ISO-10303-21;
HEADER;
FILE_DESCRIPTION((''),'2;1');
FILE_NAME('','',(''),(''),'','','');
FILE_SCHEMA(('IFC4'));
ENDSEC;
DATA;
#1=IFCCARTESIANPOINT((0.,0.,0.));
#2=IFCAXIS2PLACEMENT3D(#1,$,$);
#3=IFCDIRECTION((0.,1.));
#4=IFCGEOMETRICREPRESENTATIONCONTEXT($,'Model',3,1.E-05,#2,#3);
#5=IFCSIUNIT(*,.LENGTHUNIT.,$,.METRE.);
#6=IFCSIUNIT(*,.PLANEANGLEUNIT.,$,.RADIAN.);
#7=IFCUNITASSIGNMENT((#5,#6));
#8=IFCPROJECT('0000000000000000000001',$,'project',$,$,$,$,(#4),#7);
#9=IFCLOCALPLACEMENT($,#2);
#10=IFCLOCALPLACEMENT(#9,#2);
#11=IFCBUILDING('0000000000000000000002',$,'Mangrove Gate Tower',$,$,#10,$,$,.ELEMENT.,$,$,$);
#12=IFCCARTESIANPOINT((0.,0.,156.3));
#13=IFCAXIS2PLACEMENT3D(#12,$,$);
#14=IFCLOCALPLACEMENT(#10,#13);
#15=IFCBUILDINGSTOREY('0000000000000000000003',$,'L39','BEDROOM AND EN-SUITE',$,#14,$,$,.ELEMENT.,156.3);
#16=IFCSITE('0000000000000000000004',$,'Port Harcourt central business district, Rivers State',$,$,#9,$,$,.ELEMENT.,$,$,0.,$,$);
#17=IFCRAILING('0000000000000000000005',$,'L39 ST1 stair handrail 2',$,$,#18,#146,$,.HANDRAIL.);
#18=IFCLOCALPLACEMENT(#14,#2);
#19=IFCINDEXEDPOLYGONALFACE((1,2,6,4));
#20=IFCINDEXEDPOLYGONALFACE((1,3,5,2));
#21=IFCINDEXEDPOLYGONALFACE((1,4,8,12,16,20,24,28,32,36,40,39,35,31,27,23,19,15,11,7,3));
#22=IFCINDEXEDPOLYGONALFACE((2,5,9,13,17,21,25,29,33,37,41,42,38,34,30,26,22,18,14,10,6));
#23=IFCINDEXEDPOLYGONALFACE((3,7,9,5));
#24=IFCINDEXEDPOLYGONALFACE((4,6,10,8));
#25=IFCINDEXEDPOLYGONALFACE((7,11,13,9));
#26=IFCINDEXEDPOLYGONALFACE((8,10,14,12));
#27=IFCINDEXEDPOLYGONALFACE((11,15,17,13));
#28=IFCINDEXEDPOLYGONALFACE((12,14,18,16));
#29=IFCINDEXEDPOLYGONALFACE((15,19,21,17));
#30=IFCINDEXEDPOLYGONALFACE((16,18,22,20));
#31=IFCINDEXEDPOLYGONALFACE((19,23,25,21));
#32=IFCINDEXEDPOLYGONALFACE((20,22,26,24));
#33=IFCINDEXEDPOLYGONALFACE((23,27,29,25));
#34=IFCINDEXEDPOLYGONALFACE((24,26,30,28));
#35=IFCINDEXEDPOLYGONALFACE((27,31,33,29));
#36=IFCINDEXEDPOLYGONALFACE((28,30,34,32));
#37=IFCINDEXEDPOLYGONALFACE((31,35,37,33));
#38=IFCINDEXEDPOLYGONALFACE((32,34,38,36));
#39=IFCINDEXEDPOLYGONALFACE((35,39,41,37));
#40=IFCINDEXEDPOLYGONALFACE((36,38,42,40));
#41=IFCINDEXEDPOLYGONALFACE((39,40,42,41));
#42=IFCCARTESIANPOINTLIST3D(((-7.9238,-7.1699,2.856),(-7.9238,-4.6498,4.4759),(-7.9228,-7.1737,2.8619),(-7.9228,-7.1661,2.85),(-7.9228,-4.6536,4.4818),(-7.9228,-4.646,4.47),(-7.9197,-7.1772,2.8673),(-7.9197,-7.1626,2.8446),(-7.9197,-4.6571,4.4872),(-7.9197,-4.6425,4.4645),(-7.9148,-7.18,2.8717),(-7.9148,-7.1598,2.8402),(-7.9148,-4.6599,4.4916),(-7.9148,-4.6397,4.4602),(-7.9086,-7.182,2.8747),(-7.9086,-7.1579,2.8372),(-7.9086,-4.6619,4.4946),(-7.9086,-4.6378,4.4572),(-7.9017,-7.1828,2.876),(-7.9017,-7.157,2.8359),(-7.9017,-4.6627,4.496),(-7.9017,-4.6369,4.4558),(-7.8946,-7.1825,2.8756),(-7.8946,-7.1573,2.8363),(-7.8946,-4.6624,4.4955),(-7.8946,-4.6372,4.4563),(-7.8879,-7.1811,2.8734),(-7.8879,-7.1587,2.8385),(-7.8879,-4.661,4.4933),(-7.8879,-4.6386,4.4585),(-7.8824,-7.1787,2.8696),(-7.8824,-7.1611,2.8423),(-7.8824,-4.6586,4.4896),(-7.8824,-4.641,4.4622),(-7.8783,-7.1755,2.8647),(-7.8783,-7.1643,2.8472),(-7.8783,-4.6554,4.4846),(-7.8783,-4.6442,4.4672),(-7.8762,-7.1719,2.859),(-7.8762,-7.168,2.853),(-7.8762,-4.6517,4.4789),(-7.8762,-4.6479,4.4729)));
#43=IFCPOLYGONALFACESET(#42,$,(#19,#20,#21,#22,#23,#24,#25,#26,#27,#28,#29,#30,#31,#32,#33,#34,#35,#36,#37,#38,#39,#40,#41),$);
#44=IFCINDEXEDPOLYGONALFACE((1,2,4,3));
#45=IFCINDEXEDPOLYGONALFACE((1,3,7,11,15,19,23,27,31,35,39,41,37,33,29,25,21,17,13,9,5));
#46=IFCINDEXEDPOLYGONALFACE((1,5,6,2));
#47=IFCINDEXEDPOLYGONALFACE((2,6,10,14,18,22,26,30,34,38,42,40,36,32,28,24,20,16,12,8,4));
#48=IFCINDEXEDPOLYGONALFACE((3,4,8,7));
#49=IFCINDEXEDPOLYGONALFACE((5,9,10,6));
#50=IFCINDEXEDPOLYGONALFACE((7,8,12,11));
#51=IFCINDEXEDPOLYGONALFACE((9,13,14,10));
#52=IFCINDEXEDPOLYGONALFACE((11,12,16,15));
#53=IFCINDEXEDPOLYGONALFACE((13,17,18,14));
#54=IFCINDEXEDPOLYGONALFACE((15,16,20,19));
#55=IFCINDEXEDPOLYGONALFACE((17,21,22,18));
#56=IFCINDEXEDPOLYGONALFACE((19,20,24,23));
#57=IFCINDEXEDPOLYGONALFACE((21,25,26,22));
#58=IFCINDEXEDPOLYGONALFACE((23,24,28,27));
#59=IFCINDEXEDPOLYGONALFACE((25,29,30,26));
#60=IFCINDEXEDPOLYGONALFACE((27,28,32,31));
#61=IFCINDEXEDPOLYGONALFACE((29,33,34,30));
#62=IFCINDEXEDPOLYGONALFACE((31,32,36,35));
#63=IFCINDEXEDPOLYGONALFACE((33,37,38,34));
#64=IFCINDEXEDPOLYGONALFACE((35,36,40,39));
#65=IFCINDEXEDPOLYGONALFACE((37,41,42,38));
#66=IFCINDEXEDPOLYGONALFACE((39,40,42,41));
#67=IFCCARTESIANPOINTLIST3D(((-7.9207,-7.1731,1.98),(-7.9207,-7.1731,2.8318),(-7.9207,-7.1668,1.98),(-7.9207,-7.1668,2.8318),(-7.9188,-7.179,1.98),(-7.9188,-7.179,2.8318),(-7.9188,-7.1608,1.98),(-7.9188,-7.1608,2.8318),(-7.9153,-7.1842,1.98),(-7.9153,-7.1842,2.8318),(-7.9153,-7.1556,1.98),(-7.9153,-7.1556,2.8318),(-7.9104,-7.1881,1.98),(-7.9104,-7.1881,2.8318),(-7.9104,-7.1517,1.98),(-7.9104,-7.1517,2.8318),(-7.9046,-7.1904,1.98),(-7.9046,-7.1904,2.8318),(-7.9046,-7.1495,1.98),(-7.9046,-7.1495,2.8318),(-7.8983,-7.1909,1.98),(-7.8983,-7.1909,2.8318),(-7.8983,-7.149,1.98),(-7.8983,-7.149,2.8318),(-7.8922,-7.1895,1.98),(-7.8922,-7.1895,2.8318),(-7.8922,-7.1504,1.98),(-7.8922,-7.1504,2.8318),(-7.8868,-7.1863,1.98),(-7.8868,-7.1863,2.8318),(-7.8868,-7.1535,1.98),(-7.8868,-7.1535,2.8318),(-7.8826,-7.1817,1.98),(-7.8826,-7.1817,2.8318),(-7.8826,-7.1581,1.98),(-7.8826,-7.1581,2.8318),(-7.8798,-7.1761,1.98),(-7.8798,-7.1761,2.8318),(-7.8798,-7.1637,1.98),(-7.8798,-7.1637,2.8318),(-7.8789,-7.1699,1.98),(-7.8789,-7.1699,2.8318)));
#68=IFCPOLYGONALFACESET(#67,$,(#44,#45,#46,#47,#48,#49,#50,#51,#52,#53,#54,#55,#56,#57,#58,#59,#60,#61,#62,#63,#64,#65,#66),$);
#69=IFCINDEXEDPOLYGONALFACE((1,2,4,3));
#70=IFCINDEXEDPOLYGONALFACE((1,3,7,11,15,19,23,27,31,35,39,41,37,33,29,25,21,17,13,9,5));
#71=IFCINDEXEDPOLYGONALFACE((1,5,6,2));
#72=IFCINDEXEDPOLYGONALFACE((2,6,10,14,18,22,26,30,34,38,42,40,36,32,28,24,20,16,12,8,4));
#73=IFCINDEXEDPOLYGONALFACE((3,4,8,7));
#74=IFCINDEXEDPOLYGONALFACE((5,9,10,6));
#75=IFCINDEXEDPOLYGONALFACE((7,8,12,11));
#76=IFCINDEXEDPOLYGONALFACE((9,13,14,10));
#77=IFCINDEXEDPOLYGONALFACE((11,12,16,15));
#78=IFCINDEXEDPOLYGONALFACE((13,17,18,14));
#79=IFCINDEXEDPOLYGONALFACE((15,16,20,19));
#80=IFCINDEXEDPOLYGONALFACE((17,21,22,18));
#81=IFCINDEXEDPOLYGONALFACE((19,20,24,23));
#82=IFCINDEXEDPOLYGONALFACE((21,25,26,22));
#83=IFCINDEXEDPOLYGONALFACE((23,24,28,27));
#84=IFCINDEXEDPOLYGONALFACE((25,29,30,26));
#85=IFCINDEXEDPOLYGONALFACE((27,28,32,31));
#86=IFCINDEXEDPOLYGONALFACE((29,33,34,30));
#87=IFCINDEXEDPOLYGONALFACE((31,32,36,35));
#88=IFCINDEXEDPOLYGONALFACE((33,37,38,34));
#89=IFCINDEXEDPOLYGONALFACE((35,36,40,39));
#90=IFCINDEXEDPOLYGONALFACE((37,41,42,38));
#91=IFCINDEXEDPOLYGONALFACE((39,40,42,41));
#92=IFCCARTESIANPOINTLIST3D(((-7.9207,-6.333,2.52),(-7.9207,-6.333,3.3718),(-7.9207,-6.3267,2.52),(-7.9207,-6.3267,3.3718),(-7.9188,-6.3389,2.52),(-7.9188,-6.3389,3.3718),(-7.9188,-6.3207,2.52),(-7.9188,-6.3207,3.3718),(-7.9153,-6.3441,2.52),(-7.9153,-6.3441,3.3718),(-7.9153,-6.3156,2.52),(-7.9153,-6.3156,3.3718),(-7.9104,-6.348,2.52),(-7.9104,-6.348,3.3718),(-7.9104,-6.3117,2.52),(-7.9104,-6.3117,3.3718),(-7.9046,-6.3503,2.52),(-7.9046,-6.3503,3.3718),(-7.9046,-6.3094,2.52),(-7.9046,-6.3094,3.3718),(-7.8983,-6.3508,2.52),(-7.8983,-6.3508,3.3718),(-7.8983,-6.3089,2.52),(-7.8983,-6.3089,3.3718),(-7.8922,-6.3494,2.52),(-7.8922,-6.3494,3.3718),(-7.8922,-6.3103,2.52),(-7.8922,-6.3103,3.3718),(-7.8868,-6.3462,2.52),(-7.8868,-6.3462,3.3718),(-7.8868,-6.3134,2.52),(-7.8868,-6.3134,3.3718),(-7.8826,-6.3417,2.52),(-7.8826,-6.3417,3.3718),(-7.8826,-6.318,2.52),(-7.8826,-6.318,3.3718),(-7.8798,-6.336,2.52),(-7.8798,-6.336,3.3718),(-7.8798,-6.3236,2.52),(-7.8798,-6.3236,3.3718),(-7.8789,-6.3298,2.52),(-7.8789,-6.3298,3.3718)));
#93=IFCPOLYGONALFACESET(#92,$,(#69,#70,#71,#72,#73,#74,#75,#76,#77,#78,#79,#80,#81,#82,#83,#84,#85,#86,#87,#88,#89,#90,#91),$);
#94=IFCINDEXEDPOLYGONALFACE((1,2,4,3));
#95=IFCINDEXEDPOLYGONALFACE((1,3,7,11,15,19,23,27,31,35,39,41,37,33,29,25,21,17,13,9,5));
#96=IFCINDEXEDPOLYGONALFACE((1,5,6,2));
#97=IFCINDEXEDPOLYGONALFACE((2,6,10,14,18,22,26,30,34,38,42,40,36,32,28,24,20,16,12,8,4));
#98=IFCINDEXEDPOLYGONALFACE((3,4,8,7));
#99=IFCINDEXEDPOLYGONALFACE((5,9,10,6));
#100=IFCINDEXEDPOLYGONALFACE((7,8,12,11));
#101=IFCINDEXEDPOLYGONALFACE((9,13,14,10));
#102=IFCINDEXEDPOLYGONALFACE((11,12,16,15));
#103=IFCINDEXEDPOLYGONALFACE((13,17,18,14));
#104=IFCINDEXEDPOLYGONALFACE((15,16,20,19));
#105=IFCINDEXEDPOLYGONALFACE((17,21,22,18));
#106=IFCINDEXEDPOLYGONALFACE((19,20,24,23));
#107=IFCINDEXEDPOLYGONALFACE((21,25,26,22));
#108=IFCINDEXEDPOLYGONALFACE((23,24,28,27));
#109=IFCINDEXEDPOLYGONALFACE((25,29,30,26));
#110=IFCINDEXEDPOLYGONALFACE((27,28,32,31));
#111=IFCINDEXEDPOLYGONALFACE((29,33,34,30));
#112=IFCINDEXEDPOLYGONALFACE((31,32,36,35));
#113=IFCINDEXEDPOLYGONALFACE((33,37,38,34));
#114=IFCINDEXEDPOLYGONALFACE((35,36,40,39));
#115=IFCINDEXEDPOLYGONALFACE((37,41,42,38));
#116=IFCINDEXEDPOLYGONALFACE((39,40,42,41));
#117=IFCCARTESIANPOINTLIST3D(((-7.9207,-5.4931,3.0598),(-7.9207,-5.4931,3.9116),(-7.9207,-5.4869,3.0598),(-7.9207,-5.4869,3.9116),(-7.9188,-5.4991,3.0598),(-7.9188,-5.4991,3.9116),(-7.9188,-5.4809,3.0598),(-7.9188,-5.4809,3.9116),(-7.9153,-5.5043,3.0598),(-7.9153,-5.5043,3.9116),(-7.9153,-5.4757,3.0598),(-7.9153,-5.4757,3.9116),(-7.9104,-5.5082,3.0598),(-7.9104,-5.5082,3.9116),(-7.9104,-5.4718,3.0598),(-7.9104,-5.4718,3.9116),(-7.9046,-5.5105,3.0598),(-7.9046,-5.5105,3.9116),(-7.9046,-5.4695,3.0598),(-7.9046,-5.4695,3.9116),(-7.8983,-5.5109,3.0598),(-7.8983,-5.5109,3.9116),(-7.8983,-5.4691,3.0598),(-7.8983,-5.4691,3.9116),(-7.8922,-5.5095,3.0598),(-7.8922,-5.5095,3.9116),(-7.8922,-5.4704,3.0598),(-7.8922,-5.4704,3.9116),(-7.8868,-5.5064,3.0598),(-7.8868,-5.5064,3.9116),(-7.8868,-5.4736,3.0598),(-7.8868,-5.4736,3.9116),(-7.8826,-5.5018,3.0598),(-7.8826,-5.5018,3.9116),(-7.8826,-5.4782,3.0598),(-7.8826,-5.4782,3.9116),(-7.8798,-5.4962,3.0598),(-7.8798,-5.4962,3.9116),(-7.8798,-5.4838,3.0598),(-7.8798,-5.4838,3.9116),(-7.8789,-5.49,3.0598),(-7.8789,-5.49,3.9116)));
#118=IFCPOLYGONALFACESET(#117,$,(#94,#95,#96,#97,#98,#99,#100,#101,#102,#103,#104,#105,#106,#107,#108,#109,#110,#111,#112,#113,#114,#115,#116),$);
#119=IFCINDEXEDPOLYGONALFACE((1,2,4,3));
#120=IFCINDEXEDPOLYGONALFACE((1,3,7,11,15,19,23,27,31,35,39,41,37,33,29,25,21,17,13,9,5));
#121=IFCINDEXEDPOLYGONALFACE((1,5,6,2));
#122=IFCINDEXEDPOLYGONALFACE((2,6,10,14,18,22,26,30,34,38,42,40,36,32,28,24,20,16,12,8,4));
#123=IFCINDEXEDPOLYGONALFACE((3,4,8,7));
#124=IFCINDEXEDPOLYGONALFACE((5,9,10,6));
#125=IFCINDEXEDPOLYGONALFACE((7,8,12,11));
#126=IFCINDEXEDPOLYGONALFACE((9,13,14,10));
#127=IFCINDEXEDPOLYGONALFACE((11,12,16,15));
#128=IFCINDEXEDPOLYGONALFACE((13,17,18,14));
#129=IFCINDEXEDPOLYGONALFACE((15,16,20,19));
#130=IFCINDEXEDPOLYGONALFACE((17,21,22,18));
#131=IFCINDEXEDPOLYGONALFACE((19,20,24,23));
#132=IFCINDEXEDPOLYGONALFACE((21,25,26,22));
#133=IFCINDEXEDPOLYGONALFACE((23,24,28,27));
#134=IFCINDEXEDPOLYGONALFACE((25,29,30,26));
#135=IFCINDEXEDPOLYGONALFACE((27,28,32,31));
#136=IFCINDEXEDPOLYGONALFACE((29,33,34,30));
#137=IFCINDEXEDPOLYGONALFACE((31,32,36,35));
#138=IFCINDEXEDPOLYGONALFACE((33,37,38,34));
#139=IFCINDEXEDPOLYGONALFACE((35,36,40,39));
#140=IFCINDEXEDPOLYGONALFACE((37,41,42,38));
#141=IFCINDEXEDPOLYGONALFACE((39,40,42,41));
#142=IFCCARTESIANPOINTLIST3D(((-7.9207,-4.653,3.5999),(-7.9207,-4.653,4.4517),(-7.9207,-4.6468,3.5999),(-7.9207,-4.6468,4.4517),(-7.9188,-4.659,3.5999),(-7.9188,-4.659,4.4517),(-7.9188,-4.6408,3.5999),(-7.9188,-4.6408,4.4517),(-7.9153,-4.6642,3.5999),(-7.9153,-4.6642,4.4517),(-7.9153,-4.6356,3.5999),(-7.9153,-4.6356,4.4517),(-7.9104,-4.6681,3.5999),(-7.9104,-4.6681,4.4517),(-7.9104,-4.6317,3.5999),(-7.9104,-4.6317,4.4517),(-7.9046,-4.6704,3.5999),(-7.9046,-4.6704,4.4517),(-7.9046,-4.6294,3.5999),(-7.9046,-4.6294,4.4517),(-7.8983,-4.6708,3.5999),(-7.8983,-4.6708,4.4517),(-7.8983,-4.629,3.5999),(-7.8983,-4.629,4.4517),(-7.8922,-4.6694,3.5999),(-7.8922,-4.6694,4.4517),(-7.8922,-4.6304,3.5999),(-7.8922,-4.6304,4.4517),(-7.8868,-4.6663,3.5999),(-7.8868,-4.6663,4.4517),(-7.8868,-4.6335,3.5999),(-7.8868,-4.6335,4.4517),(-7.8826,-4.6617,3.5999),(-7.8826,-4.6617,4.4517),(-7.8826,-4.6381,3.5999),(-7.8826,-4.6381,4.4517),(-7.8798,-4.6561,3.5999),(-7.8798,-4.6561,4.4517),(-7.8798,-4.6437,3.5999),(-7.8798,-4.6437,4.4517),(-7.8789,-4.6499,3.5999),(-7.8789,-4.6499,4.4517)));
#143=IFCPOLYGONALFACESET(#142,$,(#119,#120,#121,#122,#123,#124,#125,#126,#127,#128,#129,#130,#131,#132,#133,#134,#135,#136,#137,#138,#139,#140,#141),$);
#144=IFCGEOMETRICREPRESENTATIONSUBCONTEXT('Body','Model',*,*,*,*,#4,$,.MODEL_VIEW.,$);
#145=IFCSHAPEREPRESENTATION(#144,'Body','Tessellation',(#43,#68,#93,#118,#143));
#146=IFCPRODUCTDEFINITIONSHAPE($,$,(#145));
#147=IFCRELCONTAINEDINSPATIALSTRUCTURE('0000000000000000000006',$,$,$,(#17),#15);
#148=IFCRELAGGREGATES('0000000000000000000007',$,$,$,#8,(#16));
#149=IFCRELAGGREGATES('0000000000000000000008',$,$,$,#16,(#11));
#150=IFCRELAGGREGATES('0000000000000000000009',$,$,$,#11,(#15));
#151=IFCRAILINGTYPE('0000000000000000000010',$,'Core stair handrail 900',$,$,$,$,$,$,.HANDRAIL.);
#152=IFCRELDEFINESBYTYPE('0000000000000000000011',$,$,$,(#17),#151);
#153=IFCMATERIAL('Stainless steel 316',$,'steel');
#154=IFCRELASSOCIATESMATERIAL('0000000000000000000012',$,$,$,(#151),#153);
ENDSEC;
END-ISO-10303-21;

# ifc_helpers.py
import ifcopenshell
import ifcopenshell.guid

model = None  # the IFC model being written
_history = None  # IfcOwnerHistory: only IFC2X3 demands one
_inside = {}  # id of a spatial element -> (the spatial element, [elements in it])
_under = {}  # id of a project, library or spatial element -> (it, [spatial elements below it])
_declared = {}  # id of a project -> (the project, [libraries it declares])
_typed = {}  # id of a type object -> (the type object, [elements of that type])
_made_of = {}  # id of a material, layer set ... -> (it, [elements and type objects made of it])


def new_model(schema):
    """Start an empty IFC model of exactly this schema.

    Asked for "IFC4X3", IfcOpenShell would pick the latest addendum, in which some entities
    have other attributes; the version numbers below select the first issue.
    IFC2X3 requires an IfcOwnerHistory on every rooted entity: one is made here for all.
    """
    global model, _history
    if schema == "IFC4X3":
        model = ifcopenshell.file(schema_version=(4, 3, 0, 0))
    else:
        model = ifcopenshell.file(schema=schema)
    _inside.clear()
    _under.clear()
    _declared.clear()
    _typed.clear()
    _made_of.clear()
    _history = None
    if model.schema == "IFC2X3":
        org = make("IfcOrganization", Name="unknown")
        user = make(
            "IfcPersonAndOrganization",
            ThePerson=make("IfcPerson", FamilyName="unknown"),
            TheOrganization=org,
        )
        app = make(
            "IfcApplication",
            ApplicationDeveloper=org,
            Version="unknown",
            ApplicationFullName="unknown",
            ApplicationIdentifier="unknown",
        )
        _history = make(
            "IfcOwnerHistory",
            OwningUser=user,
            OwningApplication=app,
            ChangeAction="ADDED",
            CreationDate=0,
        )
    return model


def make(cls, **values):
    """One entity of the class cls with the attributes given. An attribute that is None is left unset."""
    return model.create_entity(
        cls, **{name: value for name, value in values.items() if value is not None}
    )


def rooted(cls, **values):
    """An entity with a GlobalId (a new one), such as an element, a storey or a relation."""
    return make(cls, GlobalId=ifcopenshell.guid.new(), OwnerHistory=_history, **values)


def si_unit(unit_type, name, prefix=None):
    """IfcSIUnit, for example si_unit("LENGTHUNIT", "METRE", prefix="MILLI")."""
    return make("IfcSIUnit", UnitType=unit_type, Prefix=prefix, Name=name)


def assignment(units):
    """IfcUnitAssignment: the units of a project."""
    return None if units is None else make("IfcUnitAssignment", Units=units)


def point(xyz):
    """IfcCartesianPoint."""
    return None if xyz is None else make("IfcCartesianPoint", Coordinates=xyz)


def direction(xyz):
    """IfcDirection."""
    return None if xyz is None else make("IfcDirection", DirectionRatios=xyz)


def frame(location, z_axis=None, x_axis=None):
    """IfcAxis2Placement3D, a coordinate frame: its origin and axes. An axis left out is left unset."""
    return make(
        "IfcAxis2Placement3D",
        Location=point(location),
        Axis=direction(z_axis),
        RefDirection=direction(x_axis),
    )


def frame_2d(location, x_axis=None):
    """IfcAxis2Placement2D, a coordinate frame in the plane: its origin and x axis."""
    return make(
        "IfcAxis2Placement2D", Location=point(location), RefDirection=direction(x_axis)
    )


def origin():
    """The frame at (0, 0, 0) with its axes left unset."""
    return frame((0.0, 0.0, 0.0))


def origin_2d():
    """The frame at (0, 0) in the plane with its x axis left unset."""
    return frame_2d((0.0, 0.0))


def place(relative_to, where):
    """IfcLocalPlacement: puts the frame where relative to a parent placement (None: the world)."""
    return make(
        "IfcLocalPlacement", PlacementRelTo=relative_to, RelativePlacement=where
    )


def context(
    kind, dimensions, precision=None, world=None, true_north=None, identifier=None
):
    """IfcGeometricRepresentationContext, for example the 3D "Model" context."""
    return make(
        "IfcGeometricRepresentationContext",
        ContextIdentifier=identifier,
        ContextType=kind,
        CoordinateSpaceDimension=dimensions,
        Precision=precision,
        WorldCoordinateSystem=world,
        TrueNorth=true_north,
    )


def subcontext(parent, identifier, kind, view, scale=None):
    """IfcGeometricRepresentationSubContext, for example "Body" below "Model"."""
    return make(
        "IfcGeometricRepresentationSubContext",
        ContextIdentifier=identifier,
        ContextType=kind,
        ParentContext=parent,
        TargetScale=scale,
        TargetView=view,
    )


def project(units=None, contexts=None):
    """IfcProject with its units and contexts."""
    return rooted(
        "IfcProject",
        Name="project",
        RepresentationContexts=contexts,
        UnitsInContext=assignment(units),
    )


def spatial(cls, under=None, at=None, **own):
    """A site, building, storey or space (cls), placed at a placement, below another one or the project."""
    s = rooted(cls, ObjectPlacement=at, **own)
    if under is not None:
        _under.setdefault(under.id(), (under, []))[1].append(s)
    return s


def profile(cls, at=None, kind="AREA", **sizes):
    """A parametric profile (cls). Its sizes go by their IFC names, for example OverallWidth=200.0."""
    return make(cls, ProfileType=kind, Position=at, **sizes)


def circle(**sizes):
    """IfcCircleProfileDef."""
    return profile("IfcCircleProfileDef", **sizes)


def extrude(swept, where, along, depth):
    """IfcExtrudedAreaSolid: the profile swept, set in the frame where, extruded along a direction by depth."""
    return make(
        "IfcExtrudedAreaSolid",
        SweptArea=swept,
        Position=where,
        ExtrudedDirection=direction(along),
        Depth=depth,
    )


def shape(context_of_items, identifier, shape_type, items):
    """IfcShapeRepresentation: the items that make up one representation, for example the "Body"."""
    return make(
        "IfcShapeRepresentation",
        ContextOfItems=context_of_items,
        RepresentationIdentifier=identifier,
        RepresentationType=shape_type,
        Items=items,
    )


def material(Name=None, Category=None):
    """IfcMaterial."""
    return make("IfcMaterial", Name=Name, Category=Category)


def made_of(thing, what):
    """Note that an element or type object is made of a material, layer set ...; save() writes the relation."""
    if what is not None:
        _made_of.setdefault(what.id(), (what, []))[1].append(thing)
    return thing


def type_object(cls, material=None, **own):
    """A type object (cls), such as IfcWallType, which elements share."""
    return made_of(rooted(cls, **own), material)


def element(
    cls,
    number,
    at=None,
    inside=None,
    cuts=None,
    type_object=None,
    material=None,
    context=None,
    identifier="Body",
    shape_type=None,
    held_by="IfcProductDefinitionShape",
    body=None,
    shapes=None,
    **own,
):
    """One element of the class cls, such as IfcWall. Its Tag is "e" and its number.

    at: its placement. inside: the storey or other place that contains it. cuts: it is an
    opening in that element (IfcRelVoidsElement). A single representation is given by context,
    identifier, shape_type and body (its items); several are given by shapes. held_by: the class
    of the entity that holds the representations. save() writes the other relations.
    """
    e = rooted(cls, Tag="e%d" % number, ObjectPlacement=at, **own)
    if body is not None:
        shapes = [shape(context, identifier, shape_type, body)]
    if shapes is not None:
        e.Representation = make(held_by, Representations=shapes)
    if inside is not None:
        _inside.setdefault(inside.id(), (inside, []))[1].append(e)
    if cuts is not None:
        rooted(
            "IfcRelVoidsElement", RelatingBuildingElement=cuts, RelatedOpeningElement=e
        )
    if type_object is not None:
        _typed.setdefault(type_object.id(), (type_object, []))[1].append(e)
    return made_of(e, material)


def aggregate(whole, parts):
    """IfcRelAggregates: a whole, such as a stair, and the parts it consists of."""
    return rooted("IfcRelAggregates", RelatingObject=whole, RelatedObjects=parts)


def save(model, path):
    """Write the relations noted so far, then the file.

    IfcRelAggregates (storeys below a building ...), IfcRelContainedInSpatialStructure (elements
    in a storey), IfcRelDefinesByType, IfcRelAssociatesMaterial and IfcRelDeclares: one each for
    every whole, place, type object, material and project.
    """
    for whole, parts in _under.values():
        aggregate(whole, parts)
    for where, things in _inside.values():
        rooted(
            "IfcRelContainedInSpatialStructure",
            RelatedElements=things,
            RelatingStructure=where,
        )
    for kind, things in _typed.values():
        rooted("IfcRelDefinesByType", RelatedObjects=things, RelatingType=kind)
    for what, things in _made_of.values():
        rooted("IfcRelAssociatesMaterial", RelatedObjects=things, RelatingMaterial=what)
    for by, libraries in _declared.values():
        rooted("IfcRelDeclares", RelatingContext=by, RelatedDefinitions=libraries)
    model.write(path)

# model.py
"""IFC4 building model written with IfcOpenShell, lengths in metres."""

from ifc_helpers import new_model, si_unit, direction, frame, origin, origin_2d, place, context, subcontext, project, spatial, circle, extrude, material, type_object, element, save


model = new_model("IFC4")

# Units and contexts
model_context = context("Model", 3, precision=1e-05, world=origin(), true_north=direction((0.0, 1.0)))
body_context = subcontext(model_context, "Body", "Model", "MODEL_VIEW")
ifc_project = project(units=[si_unit("LENGTHUNIT", "METRE"), si_unit("PLANEANGLEUNIT", "RADIAN")], contexts=[model_context])

# Site, building, storey
site_placement = place(None, origin())
site = spatial("IfcSite", under=ifc_project, at=site_placement, Name="Port Harcourt central business district, Rivers State", CompositionType="ELEMENT", RefElevation=0.0)
building_placement = place(site_placement, origin())
building = spatial("IfcBuilding", under=site, at=building_placement, Name="Mangrove Gate Tower", CompositionType="ELEMENT")
storey_placement = place(building_placement, frame((0.0, 0.0, 156.3)))
storey = spatial("IfcBuildingStorey", under=building, at=storey_placement, Name="L39", Description="BEDROOM AND EN-SUITE", CompositionType="ELEMENT", Elevation=156.3)

# Railing
ifc_material_1 = material(Name="Stainless steel 316", Category="steel")
railing_type_1 = type_object("IfcRailingType", Name="Core stair handrail 900", PredefinedType="HANDRAIL", material=ifc_material_1)
railing_1_placement = place(storey_placement, frame((-7.8999, -7.1699, 1.98)))
element("IfcRailing", 1, at=railing_1_placement, inside=storey, type_object=railing_type_1, Name="L39 ST1 stair handrail 2", PredefinedType="HANDRAIL", context=body_context, shape_type="SweptSolid", body=[
    extrude(circle(Radius=0.0239, at=origin_2d()), frame((0.0, 0.0, 0.876), z_axis=(0.0, 0.8412, 0.540725), x_axis=(-1.0, 0.0, 0.0)), (0.0, 0.0, 1.0), 2.9958),
    extrude(circle(Radius=0.021, at=origin_2d()), origin(), (0.0, 0.0, 1.0), 0.8518),
    extrude(circle(Radius=0.021, at=origin_2d()), frame((0.0, 0.8401, 0.54)), (0.0, 0.0, 1.0), 0.8518),
    extrude(circle(Radius=0.021, at=origin_2d()), frame((0.0, 1.6799, 1.0798)), (0.0, 0.0, 1.0), 0.8518),
    extrude(circle(Radius=0.021, at=origin_2d()), frame((0.0, 2.52, 1.6199)), (0.0, 0.0, 1.0), 0.8518),
])

save(model, "model.ifc")
